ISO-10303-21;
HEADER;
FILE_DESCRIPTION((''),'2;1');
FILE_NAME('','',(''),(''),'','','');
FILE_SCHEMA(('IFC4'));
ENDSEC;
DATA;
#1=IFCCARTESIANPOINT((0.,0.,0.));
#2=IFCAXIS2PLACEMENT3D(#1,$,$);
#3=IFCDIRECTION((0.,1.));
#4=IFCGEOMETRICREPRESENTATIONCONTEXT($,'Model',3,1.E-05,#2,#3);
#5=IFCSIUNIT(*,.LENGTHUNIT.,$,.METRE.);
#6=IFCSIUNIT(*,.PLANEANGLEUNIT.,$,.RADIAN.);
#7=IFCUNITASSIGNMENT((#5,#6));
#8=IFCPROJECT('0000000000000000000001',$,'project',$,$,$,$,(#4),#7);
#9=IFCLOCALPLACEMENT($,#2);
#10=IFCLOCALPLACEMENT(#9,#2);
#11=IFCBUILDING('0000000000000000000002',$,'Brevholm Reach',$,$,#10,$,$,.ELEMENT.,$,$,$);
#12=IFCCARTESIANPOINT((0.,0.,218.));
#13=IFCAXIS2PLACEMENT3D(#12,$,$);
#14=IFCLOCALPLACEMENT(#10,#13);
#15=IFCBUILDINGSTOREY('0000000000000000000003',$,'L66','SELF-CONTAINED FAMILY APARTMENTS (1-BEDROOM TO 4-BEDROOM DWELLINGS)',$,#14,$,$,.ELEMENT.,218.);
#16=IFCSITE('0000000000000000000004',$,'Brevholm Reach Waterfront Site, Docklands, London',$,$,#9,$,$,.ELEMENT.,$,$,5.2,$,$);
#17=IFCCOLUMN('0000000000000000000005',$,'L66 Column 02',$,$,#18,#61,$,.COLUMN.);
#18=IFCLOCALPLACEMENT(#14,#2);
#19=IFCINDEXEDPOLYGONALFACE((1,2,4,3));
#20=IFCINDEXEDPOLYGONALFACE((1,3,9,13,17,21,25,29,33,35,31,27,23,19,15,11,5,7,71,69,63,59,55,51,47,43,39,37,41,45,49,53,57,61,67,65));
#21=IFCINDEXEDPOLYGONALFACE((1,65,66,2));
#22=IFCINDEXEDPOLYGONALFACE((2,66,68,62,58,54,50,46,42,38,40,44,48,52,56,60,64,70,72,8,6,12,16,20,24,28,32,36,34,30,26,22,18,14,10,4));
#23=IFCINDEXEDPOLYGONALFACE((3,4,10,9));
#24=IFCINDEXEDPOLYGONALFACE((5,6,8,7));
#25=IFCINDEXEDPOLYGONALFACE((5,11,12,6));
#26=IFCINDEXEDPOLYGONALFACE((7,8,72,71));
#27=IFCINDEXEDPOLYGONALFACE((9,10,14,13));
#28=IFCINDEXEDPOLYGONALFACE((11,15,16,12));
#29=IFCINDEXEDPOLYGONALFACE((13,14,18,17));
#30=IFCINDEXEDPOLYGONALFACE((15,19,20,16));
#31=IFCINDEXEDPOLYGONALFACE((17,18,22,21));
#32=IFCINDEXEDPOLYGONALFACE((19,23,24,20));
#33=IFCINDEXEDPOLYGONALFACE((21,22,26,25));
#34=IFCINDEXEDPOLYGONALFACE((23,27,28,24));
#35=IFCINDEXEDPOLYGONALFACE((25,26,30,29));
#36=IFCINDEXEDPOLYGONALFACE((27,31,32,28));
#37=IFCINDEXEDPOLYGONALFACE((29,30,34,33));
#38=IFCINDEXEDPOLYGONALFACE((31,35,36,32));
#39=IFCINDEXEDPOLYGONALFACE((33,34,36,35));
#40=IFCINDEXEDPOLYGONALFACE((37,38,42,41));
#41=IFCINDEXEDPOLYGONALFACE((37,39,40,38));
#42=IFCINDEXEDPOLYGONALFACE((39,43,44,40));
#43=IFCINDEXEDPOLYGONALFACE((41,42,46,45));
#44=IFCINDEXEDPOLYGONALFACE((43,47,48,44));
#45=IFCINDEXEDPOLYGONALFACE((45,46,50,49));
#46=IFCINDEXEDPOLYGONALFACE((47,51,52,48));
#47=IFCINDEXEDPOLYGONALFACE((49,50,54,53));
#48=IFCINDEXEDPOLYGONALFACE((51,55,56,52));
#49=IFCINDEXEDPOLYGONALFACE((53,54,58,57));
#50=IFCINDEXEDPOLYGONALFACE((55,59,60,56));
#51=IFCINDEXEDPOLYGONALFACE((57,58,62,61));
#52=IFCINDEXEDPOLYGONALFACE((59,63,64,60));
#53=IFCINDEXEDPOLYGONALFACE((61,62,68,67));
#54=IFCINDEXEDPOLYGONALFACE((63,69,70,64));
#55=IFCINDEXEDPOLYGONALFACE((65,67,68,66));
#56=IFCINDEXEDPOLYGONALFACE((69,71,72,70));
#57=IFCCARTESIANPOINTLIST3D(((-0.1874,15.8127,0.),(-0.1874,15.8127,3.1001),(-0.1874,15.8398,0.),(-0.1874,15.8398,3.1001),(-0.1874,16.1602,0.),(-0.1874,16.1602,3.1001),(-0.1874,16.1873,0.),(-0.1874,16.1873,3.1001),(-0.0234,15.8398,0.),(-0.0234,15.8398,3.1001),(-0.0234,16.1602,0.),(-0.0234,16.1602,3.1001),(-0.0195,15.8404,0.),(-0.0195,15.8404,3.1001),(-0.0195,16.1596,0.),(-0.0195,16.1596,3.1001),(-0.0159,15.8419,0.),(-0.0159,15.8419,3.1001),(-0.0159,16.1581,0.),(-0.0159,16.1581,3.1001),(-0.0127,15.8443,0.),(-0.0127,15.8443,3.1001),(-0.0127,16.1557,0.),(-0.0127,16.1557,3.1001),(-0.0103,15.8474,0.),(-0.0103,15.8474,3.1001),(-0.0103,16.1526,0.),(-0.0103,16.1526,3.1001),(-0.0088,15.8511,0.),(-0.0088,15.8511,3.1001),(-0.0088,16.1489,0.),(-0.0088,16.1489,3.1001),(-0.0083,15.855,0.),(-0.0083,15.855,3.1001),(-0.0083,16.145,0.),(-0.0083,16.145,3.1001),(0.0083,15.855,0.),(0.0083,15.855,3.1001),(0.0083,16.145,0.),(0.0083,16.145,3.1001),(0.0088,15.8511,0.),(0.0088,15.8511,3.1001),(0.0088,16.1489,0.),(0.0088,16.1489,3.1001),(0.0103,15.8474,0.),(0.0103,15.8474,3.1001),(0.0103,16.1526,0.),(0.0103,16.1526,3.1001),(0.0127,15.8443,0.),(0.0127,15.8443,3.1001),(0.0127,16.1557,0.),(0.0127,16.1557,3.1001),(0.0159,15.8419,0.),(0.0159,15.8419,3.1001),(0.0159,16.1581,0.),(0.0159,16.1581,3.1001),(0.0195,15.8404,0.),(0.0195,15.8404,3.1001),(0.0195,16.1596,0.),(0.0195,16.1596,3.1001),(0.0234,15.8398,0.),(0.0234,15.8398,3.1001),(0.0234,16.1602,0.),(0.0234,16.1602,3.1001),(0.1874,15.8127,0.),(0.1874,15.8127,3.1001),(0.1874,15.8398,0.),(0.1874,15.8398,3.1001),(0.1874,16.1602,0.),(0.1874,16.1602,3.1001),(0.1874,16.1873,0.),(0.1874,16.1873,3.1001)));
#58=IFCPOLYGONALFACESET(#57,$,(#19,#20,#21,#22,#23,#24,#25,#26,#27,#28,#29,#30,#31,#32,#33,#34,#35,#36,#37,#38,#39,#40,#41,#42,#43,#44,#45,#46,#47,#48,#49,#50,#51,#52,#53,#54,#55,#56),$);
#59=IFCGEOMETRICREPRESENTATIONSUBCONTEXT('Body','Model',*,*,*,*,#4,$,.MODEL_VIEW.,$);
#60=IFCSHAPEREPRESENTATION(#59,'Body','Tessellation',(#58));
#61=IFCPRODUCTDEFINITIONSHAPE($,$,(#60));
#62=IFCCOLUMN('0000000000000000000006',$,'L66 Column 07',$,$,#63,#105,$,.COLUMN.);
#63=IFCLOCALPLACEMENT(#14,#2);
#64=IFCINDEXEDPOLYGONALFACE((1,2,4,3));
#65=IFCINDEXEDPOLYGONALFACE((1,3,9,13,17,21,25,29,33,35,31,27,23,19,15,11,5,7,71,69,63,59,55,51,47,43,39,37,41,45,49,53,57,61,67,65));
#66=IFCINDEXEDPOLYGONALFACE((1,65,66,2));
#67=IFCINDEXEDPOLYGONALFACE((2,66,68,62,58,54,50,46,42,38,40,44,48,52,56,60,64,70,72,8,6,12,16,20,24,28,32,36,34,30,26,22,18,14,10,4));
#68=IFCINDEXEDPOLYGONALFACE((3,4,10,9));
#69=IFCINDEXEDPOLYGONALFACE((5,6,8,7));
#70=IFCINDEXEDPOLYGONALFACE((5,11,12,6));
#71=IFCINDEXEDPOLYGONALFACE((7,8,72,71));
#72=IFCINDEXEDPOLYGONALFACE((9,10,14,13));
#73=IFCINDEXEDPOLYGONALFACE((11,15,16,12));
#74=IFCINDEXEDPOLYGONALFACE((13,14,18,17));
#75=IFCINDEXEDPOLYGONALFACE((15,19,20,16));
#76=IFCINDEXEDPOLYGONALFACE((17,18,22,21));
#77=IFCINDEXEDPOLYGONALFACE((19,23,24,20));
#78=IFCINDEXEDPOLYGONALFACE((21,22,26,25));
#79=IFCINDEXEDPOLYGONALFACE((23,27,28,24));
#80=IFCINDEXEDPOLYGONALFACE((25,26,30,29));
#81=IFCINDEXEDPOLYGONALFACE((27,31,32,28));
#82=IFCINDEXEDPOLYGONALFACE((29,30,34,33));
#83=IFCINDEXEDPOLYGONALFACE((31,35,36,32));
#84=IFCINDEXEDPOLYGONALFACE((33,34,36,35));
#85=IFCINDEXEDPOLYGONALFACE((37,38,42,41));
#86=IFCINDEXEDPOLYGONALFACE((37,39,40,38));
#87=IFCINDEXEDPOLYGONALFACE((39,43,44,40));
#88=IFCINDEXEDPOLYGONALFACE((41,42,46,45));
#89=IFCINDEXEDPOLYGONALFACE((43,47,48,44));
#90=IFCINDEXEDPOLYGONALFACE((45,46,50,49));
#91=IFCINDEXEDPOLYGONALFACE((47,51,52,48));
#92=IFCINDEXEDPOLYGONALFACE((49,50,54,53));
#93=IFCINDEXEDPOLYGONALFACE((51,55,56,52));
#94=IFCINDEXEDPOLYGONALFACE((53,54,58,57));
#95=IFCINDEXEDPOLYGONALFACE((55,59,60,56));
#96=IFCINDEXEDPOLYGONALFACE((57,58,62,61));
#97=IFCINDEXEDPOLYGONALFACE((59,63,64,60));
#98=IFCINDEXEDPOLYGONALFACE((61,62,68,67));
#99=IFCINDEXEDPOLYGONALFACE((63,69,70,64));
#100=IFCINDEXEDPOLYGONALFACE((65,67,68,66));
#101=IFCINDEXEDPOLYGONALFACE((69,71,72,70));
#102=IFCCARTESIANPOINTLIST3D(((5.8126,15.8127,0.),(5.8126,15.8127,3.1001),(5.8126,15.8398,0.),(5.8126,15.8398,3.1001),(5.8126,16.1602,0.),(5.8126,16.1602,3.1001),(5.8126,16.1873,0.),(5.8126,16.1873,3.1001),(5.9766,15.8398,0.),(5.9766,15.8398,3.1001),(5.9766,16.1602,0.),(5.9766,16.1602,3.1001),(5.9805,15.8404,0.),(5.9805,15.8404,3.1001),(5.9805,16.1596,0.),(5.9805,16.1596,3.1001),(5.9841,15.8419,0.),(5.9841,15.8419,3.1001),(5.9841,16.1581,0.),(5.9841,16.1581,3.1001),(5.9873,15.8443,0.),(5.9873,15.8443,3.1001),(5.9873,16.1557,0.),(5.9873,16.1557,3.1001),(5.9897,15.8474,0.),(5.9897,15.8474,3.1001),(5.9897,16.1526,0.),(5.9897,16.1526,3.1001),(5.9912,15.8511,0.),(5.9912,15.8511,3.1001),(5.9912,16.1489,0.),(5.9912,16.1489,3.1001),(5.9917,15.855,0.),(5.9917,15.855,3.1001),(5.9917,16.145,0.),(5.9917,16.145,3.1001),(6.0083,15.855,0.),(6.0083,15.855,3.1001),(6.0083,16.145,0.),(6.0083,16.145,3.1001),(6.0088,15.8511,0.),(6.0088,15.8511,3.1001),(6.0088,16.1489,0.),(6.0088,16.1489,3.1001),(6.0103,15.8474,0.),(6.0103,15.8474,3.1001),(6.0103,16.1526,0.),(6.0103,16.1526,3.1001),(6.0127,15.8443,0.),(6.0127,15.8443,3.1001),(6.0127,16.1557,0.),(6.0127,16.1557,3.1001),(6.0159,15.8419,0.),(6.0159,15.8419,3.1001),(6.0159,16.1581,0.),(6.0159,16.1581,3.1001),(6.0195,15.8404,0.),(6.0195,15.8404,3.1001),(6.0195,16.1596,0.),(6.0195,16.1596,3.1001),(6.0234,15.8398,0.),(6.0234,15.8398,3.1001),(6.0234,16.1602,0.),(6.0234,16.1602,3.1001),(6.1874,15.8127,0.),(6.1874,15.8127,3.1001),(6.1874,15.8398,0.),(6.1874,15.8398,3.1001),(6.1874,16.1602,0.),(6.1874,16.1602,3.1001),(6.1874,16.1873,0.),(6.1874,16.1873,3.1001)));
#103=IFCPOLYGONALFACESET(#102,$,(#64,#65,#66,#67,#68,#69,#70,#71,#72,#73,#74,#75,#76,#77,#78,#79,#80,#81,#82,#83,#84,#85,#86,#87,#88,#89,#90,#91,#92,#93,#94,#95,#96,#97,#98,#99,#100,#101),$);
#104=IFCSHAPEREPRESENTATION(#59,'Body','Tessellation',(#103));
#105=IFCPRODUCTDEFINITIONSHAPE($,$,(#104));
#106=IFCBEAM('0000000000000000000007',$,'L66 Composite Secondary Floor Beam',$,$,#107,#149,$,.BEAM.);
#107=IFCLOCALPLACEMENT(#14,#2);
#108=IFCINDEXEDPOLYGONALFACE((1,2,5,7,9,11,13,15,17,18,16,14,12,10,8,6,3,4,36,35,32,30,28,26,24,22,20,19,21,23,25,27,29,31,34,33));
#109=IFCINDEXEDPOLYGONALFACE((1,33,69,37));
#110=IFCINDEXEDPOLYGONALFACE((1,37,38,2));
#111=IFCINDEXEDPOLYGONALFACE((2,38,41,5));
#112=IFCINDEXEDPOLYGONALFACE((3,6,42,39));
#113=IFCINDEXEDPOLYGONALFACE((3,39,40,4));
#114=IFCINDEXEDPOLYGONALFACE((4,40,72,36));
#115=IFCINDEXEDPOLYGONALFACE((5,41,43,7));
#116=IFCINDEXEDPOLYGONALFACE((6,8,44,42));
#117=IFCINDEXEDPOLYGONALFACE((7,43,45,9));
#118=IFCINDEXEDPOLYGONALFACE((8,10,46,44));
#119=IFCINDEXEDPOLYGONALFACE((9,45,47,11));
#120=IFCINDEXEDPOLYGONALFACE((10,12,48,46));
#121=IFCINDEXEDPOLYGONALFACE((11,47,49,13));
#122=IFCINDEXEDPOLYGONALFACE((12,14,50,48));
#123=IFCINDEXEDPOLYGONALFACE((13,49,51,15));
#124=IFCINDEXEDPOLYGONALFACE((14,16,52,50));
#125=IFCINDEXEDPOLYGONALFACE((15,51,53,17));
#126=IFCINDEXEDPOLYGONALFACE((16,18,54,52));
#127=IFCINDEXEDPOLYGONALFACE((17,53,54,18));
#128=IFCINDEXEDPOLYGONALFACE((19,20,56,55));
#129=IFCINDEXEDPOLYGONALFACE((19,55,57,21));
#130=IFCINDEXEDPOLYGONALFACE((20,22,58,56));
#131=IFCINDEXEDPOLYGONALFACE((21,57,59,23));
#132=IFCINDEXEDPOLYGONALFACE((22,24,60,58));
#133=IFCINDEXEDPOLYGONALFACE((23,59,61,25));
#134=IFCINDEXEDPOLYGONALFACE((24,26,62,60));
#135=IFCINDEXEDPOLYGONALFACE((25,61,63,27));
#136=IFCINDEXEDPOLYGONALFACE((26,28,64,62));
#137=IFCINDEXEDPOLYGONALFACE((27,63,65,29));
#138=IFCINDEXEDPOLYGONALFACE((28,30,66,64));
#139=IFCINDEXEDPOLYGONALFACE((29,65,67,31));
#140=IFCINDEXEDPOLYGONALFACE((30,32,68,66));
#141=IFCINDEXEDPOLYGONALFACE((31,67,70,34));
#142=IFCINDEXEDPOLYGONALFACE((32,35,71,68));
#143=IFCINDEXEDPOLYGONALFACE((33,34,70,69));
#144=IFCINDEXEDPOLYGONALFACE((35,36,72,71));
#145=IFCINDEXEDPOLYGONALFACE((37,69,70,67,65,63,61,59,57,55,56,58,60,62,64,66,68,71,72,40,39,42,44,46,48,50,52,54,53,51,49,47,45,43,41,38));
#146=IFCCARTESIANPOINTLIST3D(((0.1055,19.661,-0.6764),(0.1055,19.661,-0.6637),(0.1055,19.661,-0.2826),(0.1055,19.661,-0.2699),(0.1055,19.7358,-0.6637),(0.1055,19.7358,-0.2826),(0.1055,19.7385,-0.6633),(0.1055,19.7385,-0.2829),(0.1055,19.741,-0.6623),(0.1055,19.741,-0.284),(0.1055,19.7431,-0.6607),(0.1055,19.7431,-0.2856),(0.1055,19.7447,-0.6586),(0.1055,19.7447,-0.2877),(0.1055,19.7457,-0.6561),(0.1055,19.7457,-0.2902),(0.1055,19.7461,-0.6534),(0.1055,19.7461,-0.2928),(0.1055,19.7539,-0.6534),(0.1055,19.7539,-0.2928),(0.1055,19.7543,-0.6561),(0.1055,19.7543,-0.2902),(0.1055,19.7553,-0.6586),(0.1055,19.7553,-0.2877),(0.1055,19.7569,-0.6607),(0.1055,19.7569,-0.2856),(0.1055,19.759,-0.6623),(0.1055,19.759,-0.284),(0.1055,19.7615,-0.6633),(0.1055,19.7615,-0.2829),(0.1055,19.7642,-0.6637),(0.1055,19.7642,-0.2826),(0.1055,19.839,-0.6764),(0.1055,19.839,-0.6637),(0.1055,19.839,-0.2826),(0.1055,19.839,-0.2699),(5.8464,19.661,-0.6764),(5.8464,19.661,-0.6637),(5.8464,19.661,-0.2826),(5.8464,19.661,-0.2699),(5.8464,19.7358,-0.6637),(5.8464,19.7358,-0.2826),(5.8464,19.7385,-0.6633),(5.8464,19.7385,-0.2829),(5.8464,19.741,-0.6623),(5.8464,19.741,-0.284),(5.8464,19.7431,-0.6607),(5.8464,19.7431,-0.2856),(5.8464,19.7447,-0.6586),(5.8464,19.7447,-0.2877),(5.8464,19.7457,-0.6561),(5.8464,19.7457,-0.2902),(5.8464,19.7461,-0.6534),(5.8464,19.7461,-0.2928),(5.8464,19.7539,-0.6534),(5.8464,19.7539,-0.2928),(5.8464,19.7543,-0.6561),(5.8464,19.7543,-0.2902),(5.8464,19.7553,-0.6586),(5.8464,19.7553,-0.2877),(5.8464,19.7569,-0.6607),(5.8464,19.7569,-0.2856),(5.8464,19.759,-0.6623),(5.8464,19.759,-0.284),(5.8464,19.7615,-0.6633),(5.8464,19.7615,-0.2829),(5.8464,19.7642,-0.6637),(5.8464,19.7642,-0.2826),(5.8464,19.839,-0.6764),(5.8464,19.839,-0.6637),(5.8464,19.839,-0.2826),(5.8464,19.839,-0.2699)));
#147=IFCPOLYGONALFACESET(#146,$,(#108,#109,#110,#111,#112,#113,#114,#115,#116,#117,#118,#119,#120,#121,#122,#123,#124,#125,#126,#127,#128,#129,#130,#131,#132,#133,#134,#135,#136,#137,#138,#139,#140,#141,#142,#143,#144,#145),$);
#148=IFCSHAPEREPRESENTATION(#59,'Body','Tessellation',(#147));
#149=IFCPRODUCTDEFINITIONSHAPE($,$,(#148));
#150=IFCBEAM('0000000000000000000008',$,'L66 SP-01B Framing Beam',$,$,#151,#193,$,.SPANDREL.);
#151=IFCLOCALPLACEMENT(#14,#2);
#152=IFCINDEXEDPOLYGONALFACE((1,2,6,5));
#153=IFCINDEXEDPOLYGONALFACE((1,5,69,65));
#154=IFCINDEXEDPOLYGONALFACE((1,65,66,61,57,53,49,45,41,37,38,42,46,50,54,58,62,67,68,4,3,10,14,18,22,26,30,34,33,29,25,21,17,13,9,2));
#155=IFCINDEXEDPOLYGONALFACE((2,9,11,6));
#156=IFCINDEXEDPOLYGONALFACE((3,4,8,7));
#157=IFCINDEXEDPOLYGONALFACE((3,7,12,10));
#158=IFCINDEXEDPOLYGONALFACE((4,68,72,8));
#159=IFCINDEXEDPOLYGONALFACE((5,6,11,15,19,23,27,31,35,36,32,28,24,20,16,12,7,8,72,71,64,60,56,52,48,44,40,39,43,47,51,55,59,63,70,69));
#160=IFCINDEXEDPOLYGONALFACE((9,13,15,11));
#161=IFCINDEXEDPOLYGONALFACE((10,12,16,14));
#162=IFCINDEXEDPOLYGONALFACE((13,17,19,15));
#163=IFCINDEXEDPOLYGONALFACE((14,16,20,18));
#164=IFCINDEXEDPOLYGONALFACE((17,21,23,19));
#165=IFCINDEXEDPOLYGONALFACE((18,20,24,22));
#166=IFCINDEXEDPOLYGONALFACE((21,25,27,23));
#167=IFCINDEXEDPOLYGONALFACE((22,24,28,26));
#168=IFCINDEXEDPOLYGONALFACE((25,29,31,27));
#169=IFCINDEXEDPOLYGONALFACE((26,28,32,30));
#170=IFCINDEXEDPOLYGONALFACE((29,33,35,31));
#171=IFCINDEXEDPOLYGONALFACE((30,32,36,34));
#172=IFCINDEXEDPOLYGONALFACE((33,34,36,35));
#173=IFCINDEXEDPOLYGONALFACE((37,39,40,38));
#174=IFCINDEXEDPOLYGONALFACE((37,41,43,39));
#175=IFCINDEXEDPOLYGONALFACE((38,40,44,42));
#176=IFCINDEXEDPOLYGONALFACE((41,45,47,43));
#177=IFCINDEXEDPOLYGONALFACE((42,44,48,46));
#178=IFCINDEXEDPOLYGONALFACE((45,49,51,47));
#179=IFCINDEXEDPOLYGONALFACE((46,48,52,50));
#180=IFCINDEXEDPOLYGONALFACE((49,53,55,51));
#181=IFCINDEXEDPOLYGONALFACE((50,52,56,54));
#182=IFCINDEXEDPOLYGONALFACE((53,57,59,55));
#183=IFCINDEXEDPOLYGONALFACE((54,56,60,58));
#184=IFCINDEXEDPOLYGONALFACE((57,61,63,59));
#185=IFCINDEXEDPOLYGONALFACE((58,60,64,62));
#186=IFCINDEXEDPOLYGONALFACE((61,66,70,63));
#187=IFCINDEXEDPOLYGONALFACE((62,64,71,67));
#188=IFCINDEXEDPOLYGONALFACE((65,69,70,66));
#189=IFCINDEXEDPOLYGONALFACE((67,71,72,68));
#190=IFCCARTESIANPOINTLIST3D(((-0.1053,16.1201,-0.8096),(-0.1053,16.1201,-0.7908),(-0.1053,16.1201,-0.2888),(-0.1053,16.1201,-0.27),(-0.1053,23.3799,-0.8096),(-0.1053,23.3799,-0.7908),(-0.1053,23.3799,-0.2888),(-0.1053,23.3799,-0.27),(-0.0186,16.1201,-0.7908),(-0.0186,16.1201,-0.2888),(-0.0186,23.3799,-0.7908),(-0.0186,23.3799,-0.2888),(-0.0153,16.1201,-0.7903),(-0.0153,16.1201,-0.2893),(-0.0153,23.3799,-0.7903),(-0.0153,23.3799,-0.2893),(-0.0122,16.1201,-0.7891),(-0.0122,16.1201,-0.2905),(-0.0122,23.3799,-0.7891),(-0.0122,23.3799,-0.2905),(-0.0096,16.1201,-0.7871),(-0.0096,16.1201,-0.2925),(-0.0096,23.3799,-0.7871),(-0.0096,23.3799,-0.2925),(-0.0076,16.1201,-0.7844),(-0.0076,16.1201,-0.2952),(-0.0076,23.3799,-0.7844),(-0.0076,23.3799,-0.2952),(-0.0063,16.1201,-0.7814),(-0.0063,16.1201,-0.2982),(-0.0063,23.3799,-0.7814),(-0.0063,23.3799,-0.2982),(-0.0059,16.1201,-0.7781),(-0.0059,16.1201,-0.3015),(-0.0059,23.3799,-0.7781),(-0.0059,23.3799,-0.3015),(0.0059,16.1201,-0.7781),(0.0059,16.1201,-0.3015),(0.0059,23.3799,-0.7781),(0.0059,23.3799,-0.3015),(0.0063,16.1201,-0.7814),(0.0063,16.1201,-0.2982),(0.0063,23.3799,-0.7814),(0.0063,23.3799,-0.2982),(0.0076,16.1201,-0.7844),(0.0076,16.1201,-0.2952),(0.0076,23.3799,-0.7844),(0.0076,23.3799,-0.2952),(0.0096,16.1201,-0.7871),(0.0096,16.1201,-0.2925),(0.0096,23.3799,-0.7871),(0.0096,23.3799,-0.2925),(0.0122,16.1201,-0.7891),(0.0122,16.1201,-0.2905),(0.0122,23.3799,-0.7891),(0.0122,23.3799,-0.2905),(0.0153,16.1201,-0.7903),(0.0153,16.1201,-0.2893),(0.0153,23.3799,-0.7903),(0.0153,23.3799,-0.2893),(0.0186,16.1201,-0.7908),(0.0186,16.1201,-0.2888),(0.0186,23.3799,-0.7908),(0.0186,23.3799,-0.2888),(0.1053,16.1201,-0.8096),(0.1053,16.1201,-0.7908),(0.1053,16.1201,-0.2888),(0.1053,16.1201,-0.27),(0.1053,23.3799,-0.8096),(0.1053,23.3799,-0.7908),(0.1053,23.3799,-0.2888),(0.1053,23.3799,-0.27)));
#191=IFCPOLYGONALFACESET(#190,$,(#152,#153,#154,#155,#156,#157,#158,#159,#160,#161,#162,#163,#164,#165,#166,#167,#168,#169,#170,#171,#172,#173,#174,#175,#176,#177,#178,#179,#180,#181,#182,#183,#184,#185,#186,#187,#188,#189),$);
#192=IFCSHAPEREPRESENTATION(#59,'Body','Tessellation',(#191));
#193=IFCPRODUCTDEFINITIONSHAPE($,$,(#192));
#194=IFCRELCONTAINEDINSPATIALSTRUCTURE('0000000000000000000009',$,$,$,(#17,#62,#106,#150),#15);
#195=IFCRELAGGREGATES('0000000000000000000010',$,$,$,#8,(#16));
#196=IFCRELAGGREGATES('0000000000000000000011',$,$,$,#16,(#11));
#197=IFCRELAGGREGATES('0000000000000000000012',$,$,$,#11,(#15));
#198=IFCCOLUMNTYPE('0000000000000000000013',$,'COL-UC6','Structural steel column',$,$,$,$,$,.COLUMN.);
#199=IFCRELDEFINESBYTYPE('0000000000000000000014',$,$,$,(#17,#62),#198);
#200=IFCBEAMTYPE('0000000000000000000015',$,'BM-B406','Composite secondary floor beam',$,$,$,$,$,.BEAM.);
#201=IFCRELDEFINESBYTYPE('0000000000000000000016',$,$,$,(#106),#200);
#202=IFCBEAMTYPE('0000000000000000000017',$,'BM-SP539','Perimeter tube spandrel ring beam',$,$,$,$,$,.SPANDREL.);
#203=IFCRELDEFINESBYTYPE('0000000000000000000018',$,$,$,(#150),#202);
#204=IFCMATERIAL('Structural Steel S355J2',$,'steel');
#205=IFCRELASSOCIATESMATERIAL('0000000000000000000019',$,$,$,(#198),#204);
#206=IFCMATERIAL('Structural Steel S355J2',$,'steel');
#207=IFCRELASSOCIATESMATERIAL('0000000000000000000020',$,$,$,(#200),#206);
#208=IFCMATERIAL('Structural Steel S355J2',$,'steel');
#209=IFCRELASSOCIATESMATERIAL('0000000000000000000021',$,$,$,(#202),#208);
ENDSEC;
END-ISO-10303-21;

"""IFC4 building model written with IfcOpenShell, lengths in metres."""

from ifc_helpers import new_model, si_unit, direction, frame, origin, origin_2d, place, context, subcontext, project, spatial, i_section, extrude, material, material_profile, profile_set, type_object, element, save


model = new_model("IFC4")

# Units and contexts
model_context = context("Model", 3, precision=1e-05, world=origin(), true_north=direction((0.0, 1.0)))
body_context = subcontext(model_context, "Body", "Model", "MODEL_VIEW")
ifc_project = project(units=[si_unit("LENGTHUNIT", "METRE"), si_unit("PLANEANGLEUNIT", "RADIAN")], contexts=[model_context])

# Site, building, storey
site_placement = place(None, origin())
site = spatial("IfcSite", under=ifc_project, at=site_placement, Name="Brevholm Reach Waterfront Site, Docklands, London", CompositionType="ELEMENT", RefElevation=5.2)
building_placement = place(site_placement, origin())
building = spatial("IfcBuilding", under=site, at=building_placement, Name="Brevholm Reach", CompositionType="ELEMENT")
storey_placement = place(building_placement, frame((0.0, 0.0, 218.0)))
storey = spatial("IfcBuildingStorey", under=building, at=storey_placement, Name="L66", Description="SELF-CONTAINED FAMILY APARTMENTS (1-BEDROOM TO 4-BEDROOM DWELLINGS)", CompositionType="ELEMENT", Elevation=218.0)

# Columns
ifc_material_1 = material(Name="Structural Steel S355J2", Category="steel")
ifc_material_profile_1 = material_profile(ifc_material_1, i_section(OverallWidth=0.3748, OverallDepth=0.3745, WebThickness=0.0166, FlangeThickness=0.0271, FilletRadius=0.0151, at=origin_2d()), Name="UKC 356x368x202")
ifc_profile_set_1 = profile_set([ifc_material_profile_1], Name="Structural Steel S355J2")
column_type = type_object("IfcColumnType", Name="COL-UC6", Description="Structural steel column", PredefinedType="COLUMN", material=ifc_profile_set_1)
for number, where, z_axis, x_axis, name in (
    (1, (0.0, 16.0, 0.0), (0.0, 0.0, 1.0), (1.0, 0.0, 0.0), "L66 Column 02"),
    (2, (6.0, 16.0, 0.0), (0.0, 0.0, 1.0), (1.0, 0.0, 0.0), "L66 Column 07"),
):
    element("IfcColumn", number, at=place(storey_placement, frame(where, z_axis=z_axis, x_axis=x_axis)), inside=storey, type_object=column_type, Name=name, PredefinedType="COLUMN", context=body_context, shape_type="SweptSolid", body=[
        extrude(i_section(OverallWidth=0.3748, OverallDepth=0.3745, WebThickness=0.0166, FlangeThickness=0.0271, FilletRadius=0.0151, at=origin_2d()), origin(), (0.0, 0.0, 1.0), 3.1001),
    ])

# Beams
ifc_material_2 = material(Name="Structural Steel S355J2", Category="steel")
ifc_material_profile_2 = material_profile(ifc_material_2, i_section(OverallWidth=0.178, OverallDepth=0.4065, WebThickness=0.0078, FlangeThickness=0.0127, FilletRadius=0.0103, at=origin_2d()), Name="UKB 406x178x60")
ifc_profile_set_2 = profile_set([ifc_material_profile_2], Name="Structural Steel S355J2")
beam_type_1 = type_object("IfcBeamType", Name="BM-B406", Description="Composite secondary floor beam", PredefinedType="BEAM", material=ifc_profile_set_2)
beam_1_placement = place(storey_placement, frame((0.1055, 19.75, -0.4731), z_axis=(1.0, 0.0, 0.0), x_axis=(0.0, 1.0, 0.0)))
element("IfcBeam", 3, at=beam_1_placement, inside=storey, type_object=beam_type_1, Name="L66 Composite Secondary Floor Beam", PredefinedType="BEAM", context=body_context, shape_type="SweptSolid", body=[
    extrude(i_section(OverallWidth=0.178, OverallDepth=0.4065, WebThickness=0.0078, FlangeThickness=0.0127, FilletRadius=0.0103, at=origin_2d()), origin(), (0.0, 0.0, 1.0), 5.741),
])
ifc_material_3 = material(Name="Structural Steel S355J2", Category="steel")
ifc_material_profile_3 = material_profile(ifc_material_3, i_section(OverallWidth=0.2107, OverallDepth=0.5396, WebThickness=0.0117, FlangeThickness=0.0188, FilletRadius=0.0127, at=origin_2d()), Name="UKB 533x210x109")
ifc_profile_set_3 = profile_set([ifc_material_profile_3], Name="Structural Steel S355J2")
beam_type_2 = type_object("IfcBeamType", Name="BM-SP539", Description="Perimeter tube spandrel ring beam", PredefinedType="SPANDREL", material=ifc_profile_set_3)
beam_2_placement = place(storey_placement, frame((0.0, 16.1201, -0.5398), z_axis=(0.0, 1.0, 0.0), x_axis=(-1.0, 0.0, 0.0)))
element("IfcBeam", 4, at=beam_2_placement, inside=storey, type_object=beam_type_2, Name="L66 SP-01B Framing Beam", PredefinedType="SPANDREL", context=body_context, shape_type="SweptSolid", body=[
    extrude(i_section(OverallWidth=0.2107, OverallDepth=0.5396, WebThickness=0.0117, FlangeThickness=0.0188, FilletRadius=0.0127, at=origin_2d()), origin(), (0.0, 0.0, 1.0), 7.2598),
])

save(model, "model.ifc")
